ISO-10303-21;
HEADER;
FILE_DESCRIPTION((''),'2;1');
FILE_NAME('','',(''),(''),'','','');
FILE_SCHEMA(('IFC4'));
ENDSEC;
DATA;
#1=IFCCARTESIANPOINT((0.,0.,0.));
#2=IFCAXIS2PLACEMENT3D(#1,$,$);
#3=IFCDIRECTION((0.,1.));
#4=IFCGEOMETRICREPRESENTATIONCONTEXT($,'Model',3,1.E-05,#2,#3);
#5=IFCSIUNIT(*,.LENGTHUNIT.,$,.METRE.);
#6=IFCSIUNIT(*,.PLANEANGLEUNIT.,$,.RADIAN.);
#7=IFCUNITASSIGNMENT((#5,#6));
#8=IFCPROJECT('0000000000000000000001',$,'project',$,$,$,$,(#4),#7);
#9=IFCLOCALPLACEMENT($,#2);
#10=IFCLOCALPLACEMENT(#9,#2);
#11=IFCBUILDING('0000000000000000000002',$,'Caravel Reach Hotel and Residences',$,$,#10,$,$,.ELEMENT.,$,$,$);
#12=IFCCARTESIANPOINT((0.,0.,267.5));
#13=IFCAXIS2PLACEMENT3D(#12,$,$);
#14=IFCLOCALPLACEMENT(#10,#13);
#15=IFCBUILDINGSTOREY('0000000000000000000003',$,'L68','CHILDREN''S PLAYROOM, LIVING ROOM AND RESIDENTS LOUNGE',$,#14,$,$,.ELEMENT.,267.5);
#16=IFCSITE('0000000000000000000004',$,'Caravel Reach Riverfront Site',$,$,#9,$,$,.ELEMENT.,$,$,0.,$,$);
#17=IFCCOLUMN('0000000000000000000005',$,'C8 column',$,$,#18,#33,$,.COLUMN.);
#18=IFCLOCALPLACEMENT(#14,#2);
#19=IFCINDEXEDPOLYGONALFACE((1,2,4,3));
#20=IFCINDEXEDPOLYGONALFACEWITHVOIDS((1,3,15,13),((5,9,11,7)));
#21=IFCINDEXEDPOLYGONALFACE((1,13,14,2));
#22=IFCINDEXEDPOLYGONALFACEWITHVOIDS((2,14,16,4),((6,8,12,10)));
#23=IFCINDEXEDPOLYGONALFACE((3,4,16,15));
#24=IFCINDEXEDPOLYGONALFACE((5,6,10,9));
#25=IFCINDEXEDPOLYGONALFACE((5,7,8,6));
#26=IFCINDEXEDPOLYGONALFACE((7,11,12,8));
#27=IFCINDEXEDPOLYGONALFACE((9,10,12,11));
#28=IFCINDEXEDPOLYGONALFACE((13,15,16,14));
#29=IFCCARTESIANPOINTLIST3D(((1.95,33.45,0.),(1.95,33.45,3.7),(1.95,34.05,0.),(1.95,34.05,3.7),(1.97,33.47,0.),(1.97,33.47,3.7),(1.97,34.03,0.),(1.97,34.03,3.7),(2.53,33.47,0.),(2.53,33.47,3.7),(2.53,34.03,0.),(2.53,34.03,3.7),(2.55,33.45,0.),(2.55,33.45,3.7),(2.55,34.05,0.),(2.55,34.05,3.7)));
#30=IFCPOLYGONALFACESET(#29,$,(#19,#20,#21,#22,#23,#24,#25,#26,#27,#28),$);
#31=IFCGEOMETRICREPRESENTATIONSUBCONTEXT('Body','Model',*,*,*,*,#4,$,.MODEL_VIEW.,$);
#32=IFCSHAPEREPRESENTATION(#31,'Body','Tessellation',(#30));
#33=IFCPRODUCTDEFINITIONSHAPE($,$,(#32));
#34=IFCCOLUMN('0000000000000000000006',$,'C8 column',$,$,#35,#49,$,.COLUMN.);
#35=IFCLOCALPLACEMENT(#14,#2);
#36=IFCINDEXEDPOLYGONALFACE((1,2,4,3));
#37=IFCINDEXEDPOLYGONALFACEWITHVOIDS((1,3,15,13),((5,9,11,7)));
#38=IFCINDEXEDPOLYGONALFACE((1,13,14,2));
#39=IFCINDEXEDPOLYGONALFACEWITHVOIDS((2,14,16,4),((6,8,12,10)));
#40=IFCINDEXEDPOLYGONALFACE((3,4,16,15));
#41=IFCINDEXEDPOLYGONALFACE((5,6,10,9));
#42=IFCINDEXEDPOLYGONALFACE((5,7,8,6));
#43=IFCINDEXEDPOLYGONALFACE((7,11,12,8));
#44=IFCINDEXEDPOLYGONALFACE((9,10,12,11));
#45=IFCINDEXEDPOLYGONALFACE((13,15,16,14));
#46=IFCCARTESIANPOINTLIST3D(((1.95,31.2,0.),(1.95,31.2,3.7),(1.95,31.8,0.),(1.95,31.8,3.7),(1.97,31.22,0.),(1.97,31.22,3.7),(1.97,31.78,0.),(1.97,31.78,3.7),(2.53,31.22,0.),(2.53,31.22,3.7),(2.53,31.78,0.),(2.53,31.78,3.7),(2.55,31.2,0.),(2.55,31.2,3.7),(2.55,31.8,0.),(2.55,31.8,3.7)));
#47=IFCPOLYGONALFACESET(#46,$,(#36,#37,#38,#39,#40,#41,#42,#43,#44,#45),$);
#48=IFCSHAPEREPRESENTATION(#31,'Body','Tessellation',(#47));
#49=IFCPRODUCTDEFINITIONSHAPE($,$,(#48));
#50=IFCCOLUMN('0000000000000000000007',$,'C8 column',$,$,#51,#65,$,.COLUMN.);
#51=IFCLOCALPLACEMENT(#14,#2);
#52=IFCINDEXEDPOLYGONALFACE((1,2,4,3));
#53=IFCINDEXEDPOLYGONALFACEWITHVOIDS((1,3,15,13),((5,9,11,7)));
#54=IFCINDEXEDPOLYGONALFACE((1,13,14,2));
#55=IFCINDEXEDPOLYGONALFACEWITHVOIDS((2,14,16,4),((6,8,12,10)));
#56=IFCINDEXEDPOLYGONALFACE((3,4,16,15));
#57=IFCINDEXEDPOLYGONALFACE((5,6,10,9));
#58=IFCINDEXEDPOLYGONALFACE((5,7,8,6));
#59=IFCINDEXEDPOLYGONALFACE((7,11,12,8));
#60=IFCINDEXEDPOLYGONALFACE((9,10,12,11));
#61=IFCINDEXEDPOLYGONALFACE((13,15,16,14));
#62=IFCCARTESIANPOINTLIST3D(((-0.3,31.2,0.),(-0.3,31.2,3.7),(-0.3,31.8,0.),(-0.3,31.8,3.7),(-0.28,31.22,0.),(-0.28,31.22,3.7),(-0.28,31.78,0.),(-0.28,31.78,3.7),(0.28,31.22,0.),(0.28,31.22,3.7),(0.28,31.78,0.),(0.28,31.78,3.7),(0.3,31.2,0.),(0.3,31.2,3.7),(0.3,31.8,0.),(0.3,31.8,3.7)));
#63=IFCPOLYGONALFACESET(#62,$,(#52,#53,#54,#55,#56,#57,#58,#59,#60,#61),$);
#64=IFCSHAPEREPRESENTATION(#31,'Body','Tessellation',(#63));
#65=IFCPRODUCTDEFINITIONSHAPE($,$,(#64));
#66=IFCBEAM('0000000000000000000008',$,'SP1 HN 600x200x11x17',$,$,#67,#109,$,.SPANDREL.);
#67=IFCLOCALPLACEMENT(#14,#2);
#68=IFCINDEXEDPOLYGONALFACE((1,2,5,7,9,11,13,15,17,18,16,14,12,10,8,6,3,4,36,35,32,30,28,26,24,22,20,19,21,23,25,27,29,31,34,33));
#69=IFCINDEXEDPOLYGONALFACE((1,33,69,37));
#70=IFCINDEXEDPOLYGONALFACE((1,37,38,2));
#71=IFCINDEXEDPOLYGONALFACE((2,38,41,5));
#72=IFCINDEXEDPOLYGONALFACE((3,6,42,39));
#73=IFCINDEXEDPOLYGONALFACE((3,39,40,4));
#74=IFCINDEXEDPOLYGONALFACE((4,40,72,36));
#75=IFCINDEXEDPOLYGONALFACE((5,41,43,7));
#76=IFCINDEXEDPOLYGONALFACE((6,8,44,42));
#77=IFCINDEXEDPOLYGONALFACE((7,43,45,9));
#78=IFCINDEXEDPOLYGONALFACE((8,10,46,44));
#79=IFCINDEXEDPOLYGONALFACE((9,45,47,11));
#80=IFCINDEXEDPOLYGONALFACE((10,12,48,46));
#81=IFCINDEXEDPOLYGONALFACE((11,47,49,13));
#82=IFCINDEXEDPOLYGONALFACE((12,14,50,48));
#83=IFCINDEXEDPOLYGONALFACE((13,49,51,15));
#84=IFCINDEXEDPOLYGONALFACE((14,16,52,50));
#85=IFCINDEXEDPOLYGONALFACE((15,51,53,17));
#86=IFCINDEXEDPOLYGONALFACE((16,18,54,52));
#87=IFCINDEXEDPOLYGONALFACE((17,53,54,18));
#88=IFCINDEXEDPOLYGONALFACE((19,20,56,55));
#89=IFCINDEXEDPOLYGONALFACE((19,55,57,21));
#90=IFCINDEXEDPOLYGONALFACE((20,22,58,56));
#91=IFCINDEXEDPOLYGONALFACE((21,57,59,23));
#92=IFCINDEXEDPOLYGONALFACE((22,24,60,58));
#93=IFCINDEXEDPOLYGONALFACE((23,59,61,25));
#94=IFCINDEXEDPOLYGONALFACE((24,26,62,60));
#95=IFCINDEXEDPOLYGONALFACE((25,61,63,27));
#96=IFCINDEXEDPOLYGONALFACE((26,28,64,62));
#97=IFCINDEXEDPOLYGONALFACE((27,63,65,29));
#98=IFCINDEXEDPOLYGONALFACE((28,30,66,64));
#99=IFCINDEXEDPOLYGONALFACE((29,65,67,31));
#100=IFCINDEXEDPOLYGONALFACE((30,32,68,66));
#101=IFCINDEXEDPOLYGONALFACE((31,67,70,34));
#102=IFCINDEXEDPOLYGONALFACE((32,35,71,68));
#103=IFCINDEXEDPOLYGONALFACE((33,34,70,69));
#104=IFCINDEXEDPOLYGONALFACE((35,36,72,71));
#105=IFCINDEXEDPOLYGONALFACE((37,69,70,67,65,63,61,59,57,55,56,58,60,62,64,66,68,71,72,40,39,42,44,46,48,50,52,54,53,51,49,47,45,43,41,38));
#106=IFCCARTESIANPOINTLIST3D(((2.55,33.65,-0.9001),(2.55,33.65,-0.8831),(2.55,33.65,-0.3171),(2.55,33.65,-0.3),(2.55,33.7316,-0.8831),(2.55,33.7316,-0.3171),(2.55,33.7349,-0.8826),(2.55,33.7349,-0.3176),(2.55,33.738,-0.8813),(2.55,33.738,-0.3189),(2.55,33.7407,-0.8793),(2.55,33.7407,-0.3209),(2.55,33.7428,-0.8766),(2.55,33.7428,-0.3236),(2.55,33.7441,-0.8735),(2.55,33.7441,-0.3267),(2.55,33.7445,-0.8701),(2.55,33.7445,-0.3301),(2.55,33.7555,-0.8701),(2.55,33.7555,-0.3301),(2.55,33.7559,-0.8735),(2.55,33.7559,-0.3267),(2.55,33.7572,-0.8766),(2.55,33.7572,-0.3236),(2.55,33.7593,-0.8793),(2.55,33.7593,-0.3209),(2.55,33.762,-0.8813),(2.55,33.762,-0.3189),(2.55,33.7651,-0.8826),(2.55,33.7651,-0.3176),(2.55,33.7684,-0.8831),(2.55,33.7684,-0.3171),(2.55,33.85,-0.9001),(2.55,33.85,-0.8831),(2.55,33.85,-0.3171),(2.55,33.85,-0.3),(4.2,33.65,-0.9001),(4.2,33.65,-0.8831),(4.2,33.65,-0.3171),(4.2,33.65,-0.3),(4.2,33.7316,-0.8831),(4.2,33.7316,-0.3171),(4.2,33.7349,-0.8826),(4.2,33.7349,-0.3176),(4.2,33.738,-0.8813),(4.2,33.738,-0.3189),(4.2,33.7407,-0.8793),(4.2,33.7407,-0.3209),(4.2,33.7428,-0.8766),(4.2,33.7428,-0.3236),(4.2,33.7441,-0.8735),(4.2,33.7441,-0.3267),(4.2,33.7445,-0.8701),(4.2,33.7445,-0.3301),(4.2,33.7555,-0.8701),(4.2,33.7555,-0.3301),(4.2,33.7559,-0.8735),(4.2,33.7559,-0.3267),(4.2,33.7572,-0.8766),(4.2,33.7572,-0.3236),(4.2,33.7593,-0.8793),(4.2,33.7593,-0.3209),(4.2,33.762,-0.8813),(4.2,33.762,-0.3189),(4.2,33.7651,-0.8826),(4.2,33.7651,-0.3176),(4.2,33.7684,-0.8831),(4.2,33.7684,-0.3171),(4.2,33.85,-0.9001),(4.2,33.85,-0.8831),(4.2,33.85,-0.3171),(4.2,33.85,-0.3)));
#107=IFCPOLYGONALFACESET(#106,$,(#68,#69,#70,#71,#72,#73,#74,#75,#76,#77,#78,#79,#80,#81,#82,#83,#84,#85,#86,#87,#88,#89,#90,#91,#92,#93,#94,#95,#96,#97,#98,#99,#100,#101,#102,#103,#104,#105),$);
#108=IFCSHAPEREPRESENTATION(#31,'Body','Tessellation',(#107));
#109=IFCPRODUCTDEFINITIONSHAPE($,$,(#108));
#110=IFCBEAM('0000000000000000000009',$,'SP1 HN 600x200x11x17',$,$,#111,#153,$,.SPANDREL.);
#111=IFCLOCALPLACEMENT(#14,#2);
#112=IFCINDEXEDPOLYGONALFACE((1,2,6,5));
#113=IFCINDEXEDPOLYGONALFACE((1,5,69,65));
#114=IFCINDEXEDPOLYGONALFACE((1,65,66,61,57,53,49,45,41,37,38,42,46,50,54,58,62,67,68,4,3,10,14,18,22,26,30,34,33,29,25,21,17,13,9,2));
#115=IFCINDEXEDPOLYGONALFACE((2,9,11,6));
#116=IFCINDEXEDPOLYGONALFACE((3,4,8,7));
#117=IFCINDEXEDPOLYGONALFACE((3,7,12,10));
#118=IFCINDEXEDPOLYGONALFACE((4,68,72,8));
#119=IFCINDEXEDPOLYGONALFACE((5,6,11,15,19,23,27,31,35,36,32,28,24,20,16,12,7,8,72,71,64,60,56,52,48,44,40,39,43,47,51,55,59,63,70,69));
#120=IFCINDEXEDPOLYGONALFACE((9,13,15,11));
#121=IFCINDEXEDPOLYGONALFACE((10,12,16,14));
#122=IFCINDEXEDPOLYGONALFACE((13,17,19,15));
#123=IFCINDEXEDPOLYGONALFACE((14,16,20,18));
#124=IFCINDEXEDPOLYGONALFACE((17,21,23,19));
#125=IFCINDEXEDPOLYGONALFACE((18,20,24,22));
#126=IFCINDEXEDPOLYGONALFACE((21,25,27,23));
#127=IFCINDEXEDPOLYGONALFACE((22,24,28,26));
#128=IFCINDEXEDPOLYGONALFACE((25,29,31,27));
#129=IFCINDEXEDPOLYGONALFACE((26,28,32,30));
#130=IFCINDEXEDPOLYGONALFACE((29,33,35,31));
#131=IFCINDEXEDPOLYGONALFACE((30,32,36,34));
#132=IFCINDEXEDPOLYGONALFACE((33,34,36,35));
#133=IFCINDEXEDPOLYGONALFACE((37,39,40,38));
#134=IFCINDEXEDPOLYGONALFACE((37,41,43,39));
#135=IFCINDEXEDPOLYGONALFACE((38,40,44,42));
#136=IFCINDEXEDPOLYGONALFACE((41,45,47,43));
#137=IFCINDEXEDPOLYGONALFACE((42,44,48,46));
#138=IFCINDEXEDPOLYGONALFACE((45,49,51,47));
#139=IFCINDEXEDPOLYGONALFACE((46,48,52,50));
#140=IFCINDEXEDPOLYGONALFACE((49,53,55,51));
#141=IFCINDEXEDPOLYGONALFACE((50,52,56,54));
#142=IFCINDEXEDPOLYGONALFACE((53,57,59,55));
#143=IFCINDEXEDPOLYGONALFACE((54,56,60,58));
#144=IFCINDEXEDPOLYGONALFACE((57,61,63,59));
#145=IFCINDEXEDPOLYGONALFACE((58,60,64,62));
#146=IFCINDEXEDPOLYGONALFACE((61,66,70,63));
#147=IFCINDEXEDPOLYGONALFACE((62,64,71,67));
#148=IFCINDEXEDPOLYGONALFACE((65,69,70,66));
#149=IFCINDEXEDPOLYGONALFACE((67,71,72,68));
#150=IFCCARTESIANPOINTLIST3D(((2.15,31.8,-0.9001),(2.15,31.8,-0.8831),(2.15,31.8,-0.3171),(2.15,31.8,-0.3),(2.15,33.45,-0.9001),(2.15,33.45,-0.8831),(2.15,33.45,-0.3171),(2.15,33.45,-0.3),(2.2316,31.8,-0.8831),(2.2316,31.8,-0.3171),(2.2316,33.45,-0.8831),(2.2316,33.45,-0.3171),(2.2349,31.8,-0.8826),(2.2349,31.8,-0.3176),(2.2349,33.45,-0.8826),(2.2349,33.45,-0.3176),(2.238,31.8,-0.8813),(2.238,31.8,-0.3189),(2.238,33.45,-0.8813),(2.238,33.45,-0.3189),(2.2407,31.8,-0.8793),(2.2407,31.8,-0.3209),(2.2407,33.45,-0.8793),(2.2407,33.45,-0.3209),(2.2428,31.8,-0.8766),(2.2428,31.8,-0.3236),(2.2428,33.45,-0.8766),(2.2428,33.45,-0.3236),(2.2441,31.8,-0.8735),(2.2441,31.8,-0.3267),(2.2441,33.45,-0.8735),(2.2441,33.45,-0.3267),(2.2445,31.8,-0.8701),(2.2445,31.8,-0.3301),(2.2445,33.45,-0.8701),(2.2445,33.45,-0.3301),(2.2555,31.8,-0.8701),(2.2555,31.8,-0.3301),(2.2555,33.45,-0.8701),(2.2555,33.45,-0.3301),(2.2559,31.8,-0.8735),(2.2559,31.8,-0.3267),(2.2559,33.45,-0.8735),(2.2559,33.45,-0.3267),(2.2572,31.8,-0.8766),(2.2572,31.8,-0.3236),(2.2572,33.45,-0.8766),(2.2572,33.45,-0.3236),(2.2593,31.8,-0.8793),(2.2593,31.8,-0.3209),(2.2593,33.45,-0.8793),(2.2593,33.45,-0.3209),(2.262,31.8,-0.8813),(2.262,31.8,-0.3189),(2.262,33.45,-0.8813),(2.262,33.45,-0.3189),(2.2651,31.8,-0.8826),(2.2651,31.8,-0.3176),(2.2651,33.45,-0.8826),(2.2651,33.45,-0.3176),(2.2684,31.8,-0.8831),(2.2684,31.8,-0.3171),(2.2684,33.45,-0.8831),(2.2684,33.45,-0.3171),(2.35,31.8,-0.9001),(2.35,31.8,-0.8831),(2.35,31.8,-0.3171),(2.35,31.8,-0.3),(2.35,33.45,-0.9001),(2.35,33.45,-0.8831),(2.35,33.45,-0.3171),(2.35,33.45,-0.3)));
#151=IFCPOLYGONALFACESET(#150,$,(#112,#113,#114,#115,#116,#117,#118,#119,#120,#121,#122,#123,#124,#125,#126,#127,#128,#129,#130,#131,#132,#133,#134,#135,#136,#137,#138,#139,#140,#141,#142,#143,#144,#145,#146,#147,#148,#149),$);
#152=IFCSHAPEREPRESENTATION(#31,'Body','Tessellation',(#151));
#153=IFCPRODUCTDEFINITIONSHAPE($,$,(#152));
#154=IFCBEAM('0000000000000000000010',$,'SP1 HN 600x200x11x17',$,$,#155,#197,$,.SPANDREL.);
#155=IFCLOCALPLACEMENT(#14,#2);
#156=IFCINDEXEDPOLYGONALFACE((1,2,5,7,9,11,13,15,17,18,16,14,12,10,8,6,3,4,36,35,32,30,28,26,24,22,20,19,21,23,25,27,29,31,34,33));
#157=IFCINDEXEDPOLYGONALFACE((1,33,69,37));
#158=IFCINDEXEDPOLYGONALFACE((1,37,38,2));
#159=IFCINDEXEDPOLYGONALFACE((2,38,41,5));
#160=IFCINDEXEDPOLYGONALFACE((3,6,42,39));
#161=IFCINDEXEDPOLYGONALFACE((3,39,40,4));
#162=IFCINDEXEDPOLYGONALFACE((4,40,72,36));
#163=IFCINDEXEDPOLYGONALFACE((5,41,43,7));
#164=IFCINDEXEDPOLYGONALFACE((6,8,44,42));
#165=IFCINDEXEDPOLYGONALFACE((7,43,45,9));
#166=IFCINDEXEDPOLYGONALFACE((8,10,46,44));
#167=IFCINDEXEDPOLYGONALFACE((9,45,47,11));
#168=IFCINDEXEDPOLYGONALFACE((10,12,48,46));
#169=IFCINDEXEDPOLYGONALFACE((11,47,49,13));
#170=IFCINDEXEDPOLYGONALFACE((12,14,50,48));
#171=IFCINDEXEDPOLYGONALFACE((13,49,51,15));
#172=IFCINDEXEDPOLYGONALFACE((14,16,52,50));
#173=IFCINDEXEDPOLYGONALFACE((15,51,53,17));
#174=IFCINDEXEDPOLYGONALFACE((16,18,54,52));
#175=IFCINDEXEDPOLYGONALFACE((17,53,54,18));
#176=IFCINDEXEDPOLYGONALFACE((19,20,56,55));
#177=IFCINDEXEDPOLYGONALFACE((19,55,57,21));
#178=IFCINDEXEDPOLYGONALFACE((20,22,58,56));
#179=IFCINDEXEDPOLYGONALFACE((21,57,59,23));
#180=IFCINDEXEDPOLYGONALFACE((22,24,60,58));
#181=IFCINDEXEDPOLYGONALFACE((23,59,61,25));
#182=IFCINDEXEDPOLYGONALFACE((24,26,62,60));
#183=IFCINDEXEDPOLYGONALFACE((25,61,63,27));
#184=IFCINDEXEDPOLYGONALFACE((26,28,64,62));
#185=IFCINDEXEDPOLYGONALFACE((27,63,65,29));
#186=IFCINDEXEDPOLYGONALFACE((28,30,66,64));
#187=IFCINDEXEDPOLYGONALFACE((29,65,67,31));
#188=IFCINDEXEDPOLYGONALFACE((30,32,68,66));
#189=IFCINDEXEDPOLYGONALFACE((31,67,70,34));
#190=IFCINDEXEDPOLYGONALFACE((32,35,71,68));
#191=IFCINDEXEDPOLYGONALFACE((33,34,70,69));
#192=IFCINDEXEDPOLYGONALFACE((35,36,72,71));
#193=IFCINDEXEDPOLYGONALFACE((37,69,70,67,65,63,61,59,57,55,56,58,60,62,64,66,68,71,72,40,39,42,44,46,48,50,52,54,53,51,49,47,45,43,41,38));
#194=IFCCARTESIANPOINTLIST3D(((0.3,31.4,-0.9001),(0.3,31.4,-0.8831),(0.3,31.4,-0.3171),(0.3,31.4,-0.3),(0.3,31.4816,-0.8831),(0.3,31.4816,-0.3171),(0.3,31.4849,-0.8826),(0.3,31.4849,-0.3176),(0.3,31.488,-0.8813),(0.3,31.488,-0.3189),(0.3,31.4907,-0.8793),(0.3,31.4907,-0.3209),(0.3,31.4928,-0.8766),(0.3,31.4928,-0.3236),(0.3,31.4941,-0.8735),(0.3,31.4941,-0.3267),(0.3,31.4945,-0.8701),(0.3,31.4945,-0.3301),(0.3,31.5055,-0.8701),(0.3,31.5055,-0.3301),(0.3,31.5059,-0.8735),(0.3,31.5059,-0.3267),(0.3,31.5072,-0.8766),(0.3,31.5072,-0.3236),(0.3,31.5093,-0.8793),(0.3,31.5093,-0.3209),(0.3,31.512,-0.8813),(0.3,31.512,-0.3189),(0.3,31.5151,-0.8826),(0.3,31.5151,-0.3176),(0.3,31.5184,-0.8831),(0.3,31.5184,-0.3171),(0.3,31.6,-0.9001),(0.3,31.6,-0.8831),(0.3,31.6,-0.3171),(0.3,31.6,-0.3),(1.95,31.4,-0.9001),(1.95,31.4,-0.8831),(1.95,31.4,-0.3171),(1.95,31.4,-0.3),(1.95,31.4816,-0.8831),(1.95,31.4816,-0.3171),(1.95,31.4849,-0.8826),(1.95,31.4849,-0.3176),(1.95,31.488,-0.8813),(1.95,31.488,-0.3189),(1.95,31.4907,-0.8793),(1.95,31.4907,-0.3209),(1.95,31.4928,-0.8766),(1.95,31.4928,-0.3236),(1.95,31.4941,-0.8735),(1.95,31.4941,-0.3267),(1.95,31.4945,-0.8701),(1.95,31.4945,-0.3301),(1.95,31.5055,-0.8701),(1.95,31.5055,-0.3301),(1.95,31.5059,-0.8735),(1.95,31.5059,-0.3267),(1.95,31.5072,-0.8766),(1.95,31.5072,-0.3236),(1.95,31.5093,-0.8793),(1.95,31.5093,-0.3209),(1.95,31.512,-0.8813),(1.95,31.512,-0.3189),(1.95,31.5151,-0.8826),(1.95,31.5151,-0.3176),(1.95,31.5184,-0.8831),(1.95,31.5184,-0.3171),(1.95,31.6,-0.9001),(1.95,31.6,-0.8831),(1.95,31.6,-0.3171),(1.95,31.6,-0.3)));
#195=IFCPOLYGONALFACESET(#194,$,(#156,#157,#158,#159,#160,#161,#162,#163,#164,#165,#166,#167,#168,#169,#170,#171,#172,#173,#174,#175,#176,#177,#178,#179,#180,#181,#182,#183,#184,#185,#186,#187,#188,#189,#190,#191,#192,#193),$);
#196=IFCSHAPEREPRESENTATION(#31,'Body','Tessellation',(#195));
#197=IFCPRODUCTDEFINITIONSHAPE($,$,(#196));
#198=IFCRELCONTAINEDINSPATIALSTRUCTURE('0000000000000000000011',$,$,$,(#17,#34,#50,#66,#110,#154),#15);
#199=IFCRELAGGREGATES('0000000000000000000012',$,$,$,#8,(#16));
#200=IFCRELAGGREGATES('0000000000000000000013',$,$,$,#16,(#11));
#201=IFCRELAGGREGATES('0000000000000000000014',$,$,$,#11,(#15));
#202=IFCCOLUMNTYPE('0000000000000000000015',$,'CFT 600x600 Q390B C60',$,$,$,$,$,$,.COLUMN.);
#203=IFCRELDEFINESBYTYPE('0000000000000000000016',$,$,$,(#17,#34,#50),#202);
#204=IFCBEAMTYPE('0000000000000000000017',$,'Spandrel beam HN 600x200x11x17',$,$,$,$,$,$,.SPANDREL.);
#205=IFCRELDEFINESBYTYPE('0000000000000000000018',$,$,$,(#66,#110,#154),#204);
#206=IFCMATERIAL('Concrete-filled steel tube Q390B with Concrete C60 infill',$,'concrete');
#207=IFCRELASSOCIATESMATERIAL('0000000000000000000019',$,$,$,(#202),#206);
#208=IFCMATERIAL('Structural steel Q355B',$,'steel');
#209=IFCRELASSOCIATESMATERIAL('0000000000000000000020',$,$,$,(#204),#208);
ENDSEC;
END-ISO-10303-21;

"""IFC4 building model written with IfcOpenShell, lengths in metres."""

from ifc_helpers import new_model, si_unit, direction, frame, origin, origin_2d, place, context, subcontext, project, spatial, hollow_rectangle, i_section, extrude, material, material_profile, profile_set, type_object, element, save


model = new_model("IFC4")

# Units and contexts
model_context = context("Model", 3, precision=1e-05, world=origin(), true_north=direction((0.0, 1.0)))
body_context = subcontext(model_context, "Body", "Model", "MODEL_VIEW")
ifc_project = project(units=[si_unit("LENGTHUNIT", "METRE"), si_unit("PLANEANGLEUNIT", "RADIAN")], contexts=[model_context])

# Site, building, storey
site_placement = place(None, origin())
site = spatial("IfcSite", under=ifc_project, at=site_placement, Name="Caravel Reach Riverfront Site", CompositionType="ELEMENT", RefElevation=0.0)
building_placement = place(site_placement, origin())
building = spatial("IfcBuilding", under=site, at=building_placement, Name="Caravel Reach Hotel and Residences", CompositionType="ELEMENT")
storey_placement = place(building_placement, frame((0.0, 0.0, 267.5)))
storey = spatial("IfcBuildingStorey", under=building, at=storey_placement, Name="L68", Description="CHILDREN'S PLAYROOM, LIVING ROOM AND RESIDENTS LOUNGE", CompositionType="ELEMENT", Elevation=267.5)

# Columns
ifc_material_1 = material(Name="Concrete-filled steel tube Q390B with Concrete C60 infill", Category="concrete")
ifc_material_profile_1 = material_profile(ifc_material_1, hollow_rectangle(XDim=0.6001, YDim=0.6001, WallThickness=0.02, at=origin_2d()), Name="RHS 600x600x20")
ifc_profile_set_1 = profile_set([ifc_material_profile_1], Name="Concrete-filled steel tube Q390B with Concrete C60 infill")
column_type = type_object("IfcColumnType", Name="CFT 600x600 Q390B C60", PredefinedType="COLUMN", material=ifc_profile_set_1)
for number, where, z_axis, x_axis, name in (
    (1, (2.25, 33.75, 0.0), (0.0, 0.0, 1.0), (1.0, 0.0, 0.0), "C8 column"),
    (2, (2.25, 31.5, 0.0), (0.0, 0.0, 1.0), (1.0, 0.0, 0.0), "C8 column"),
    (3, (0.0, 31.5, 0.0), (0.0, 0.0, 1.0), (1.0, 0.0, 0.0), "C8 column"),
):
    element("IfcColumn", number, at=place(storey_placement, frame(where, z_axis=z_axis, x_axis=x_axis)), inside=storey, type_object=column_type, Name=name, PredefinedType="COLUMN", context=body_context, shape_type="SweptSolid", body=[
        extrude(hollow_rectangle(XDim=0.6001, YDim=0.6001, WallThickness=0.02, at=origin_2d()), origin(), (0.0, 0.0, 1.0), 3.7),
    ])

# Beams
ifc_material_2 = material(Name="Structural steel Q355B", Category="steel")
ifc_material_profile_2 = material_profile(ifc_material_2, i_section(OverallWidth=0.2, OverallDepth=0.6001, WebThickness=0.011, FlangeThickness=0.0171, FilletRadius=0.0129, at=origin_2d()), Name="HN 600x200x11x17")
ifc_profile_set_2 = profile_set([ifc_material_profile_2], Name="Structural steel Q355B")
beam_type = type_object("IfcBeamType", Name="Spandrel beam HN 600x200x11x17", PredefinedType="SPANDREL", material=ifc_profile_set_2)
for number, where, z_axis, x_axis, name in (
    (4, (4.2, 33.75, -0.6001), (-1.0, 0.0, 0.0), (0.0, -1.0, 0.0), "SP1 HN 600x200x11x17"),
    (5, (2.25, 33.45, -0.6001), (0.0, -1.0, 0.0), (1.0, 0.0, 0.0), "SP1 HN 600x200x11x17"),
    (6, (1.95, 31.5, -0.6001), (-1.0, 0.0, 0.0), (0.0, -1.0, 0.0), "SP1 HN 600x200x11x17"),
):
    element("IfcBeam", number, at=place(storey_placement, frame(where, z_axis=z_axis, x_axis=x_axis)), inside=storey, type_object=beam_type, Name=name, PredefinedType="SPANDREL", context=body_context, shape_type="SweptSolid", body=[
        extrude(i_section(OverallWidth=0.2, OverallDepth=0.6001, WebThickness=0.011, FlangeThickness=0.0171, FilletRadius=0.0129, at=origin_2d()), origin(), (0.0, 0.0, 1.0), 1.6499),
    ])

save(model, "model.ifc")
